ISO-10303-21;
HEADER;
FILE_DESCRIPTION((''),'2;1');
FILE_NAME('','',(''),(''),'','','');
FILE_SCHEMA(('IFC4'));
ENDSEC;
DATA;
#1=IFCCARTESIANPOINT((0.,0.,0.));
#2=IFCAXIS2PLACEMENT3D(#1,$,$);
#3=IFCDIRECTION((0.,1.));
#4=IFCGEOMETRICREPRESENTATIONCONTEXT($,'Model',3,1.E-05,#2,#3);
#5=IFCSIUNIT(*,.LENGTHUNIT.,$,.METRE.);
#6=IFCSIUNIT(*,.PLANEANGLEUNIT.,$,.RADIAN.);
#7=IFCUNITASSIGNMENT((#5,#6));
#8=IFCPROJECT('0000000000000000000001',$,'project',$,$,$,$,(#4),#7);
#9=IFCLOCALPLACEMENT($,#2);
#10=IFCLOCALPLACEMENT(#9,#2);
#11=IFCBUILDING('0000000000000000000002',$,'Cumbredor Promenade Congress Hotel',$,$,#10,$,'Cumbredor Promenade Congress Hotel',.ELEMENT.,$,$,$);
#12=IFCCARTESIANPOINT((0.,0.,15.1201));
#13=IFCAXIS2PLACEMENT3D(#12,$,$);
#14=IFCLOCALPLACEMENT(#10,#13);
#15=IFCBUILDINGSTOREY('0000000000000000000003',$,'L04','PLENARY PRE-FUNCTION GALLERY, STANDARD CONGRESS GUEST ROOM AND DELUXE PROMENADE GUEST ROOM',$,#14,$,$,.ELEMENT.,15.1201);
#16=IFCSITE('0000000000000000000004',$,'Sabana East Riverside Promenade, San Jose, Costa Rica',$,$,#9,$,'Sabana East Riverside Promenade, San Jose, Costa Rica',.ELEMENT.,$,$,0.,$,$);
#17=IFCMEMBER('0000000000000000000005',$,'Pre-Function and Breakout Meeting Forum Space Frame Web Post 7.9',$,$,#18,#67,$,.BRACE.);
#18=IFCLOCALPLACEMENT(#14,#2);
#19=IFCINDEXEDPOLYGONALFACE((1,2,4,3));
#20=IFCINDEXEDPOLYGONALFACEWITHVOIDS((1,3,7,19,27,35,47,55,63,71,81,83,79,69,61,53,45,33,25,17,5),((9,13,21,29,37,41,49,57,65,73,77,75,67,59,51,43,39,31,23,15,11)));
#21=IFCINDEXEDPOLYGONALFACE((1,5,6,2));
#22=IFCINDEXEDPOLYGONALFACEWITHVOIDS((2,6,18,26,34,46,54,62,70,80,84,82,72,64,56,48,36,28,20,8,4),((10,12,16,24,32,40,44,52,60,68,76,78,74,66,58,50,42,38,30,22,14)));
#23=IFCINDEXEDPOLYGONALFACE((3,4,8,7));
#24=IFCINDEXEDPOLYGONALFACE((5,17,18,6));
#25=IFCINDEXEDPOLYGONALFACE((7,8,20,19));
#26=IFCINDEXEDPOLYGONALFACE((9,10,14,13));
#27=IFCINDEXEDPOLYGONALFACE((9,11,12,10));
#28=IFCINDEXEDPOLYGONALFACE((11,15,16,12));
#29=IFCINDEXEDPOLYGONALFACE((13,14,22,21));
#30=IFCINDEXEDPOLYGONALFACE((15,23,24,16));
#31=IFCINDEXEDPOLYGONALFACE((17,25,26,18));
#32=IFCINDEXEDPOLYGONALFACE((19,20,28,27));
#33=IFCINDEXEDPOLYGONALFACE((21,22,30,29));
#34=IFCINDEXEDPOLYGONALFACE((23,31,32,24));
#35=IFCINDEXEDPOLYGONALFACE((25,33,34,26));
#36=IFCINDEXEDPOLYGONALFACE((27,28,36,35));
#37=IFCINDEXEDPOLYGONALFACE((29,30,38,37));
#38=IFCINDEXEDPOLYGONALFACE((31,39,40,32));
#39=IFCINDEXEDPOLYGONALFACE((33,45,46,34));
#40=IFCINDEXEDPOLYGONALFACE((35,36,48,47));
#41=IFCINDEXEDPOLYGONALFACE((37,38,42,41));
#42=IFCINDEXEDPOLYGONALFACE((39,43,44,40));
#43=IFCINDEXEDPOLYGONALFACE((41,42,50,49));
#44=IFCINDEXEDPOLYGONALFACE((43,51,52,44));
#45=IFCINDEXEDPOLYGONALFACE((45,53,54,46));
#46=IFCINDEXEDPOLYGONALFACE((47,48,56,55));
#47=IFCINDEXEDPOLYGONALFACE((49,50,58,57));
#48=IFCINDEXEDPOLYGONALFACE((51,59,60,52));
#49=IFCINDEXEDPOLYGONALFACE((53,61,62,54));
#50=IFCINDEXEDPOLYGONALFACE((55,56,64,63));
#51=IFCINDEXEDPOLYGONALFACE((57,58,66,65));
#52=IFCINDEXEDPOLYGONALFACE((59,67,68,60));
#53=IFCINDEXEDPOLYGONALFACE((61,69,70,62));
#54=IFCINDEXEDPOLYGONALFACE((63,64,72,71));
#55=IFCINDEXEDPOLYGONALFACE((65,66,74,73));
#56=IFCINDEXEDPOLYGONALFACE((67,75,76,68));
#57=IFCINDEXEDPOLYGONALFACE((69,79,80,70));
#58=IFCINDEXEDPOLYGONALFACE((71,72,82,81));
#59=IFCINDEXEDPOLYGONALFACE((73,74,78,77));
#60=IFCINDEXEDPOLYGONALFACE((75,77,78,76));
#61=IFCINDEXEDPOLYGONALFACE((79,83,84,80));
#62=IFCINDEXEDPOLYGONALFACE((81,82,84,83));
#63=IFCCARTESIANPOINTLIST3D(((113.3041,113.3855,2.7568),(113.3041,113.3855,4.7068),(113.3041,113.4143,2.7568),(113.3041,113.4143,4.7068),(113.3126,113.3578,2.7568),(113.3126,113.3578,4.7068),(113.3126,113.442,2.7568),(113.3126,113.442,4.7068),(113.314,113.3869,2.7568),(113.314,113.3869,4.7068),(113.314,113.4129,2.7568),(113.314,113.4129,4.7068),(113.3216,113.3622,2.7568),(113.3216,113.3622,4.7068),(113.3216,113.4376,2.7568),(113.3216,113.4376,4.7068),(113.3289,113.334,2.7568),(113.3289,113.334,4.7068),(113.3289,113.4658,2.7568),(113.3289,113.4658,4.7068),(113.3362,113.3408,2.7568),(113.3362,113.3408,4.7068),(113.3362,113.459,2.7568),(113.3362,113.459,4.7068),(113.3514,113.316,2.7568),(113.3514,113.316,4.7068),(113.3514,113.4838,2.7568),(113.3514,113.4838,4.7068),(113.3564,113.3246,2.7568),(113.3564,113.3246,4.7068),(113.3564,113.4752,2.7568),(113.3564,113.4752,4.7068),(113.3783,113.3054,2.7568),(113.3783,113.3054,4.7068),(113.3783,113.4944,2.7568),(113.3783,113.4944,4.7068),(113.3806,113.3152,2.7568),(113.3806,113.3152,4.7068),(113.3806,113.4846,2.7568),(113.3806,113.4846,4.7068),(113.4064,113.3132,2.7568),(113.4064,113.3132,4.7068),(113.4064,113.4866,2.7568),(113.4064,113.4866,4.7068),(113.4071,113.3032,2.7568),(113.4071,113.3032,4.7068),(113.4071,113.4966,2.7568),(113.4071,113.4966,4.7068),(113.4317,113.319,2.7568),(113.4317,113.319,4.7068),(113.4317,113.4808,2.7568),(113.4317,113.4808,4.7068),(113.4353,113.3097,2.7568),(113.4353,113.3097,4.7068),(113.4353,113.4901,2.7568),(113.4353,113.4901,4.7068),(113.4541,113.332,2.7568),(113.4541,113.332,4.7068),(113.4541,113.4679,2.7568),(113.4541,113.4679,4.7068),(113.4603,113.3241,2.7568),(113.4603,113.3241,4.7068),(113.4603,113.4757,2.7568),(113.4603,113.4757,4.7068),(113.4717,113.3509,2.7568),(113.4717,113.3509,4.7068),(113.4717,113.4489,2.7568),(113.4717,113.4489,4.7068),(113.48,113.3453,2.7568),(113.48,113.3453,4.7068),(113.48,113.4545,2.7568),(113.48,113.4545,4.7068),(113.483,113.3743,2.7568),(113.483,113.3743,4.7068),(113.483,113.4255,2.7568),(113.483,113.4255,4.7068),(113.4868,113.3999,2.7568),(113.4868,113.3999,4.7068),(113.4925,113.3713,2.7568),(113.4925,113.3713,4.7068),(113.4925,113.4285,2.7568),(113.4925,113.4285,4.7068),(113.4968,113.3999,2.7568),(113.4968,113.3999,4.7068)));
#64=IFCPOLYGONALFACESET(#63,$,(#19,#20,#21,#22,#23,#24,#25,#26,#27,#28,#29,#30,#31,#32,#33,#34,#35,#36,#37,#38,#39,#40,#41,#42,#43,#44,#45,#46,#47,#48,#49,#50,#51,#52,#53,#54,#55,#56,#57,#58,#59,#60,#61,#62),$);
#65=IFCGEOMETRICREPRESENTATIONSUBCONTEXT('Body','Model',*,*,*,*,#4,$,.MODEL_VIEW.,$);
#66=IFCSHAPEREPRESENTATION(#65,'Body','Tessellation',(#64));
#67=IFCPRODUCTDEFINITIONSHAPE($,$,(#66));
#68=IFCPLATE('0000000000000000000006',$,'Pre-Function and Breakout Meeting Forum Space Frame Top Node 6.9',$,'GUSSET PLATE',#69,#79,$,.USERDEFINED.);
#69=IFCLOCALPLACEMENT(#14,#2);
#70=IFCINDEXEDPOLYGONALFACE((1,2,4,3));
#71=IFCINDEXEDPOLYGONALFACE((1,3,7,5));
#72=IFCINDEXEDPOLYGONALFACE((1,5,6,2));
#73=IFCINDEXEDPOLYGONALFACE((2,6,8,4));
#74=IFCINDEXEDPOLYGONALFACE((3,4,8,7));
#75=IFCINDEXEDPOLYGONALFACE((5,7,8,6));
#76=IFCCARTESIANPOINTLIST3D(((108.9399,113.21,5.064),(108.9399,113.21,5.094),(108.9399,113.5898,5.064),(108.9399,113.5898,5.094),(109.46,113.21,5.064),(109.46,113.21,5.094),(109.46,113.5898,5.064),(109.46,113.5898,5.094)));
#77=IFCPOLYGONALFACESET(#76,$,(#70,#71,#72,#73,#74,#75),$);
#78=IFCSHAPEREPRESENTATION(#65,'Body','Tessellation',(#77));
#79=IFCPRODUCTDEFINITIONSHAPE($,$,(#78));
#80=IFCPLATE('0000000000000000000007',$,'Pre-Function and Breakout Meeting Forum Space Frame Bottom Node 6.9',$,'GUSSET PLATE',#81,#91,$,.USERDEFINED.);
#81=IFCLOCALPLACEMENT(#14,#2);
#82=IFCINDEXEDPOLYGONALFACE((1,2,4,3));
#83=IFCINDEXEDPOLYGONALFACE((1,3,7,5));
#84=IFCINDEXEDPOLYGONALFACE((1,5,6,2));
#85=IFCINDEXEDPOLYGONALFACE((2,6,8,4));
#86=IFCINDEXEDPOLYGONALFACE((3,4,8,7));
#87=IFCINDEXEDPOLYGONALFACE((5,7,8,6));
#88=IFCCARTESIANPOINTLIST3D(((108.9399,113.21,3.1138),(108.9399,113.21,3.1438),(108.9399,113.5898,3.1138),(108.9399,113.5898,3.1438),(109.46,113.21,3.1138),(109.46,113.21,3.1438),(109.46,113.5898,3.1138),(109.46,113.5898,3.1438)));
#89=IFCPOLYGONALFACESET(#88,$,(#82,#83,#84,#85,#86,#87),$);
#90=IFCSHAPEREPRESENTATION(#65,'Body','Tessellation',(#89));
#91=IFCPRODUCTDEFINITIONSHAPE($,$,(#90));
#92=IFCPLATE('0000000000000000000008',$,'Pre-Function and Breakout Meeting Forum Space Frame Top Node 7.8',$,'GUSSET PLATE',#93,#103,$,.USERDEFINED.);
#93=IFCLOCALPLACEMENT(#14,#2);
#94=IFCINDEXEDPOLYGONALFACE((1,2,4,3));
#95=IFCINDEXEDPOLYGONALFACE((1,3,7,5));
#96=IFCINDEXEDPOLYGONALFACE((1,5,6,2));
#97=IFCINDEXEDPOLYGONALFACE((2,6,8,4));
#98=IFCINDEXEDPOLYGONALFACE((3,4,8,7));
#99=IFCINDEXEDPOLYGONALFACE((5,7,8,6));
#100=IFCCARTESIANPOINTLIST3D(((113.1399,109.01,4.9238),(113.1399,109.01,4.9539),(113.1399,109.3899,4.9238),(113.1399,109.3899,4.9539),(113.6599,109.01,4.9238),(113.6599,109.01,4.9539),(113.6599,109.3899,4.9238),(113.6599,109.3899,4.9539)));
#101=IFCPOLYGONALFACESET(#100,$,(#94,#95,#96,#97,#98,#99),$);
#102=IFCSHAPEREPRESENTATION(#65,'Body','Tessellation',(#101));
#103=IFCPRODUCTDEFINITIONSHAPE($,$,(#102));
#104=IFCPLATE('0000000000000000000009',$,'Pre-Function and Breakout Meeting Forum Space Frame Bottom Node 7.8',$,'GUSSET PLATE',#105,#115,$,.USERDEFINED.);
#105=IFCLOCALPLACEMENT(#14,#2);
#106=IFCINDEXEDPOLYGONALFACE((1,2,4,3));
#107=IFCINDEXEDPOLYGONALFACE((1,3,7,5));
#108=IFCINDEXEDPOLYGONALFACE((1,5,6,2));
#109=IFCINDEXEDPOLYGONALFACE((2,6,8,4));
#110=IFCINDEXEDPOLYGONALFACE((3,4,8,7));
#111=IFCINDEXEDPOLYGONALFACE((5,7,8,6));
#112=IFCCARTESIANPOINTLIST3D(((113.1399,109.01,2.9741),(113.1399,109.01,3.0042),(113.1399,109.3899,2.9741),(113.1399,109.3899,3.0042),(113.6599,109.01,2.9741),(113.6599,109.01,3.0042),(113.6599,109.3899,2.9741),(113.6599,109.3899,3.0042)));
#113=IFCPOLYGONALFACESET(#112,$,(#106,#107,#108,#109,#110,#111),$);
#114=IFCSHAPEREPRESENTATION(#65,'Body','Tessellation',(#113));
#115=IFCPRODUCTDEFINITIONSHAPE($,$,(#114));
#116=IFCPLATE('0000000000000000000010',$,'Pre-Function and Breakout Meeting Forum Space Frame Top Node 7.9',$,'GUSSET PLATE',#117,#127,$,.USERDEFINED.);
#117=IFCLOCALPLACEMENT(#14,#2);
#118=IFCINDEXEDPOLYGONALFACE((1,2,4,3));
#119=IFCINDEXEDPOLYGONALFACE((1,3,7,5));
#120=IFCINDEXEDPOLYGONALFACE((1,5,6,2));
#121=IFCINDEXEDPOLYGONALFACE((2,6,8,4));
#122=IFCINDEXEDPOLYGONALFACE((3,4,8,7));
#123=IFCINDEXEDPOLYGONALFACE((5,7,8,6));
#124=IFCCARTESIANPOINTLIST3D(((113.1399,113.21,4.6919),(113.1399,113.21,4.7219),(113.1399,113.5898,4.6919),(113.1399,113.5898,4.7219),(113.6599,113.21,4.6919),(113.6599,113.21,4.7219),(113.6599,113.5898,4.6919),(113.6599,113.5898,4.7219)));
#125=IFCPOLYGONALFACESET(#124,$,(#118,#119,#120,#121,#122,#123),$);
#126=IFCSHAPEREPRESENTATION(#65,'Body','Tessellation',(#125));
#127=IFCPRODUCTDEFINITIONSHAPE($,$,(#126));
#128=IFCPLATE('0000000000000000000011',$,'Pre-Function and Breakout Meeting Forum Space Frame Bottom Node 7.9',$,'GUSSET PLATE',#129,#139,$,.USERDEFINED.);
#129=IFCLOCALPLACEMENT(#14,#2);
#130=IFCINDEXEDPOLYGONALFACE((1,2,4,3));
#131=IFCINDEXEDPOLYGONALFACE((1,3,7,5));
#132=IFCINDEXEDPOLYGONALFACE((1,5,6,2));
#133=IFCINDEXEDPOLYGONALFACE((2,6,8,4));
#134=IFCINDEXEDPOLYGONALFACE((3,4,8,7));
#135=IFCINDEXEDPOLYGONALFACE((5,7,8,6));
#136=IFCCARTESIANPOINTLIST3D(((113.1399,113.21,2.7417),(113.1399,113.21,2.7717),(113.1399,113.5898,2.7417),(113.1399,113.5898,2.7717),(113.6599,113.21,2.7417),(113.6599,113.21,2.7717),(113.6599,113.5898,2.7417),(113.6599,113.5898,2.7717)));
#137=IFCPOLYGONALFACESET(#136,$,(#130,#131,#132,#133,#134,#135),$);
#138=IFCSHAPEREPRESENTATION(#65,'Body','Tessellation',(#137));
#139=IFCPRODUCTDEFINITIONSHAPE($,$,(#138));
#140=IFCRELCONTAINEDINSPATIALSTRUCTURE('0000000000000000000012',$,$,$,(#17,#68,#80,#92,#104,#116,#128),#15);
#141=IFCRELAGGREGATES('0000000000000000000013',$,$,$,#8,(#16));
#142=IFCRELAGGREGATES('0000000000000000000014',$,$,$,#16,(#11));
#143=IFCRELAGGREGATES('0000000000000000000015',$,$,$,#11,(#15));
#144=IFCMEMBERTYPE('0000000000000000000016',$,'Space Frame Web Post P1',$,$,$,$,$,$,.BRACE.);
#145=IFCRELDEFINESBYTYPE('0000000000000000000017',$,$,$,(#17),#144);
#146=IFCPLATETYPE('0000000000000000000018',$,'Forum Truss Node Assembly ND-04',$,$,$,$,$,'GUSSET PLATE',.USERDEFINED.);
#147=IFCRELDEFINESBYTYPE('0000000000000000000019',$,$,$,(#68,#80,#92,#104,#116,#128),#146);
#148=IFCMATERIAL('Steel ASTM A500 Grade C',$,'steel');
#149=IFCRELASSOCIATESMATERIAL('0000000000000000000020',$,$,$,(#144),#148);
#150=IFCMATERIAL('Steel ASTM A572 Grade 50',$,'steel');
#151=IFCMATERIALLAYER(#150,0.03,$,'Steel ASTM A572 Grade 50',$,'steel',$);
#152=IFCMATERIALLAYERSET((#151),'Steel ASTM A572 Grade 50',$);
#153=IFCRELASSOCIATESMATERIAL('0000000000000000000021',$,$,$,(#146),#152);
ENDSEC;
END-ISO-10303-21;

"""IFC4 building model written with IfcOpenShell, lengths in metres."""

from ifc_helpers import new_model, si_unit, direction, frame, origin, origin_2d, place, context, subcontext, project, spatial, rectangle, hollow_circle, extrude, material, layer, layer_set, material_profile, profile_set, type_object, element, save


model = new_model("IFC4")

# Units and contexts
model_context = context("Model", 3, precision=1e-05, world=origin(), true_north=direction((0.0, 1.0)))
body_context = subcontext(model_context, "Body", "Model", "MODEL_VIEW")
ifc_project = project(units=[si_unit("LENGTHUNIT", "METRE"), si_unit("PLANEANGLEUNIT", "RADIAN")], contexts=[model_context])

# Site, building, storey
site_placement = place(None, origin())
site = spatial("IfcSite", under=ifc_project, at=site_placement, Name="Sabana East Riverside Promenade, San Jose, Costa Rica", LongName="Sabana East Riverside Promenade, San Jose, Costa Rica", CompositionType="ELEMENT", RefElevation=0.0)
building_placement = place(site_placement, origin())
building = spatial("IfcBuilding", under=site, at=building_placement, Name="Cumbredor Promenade Congress Hotel", LongName="Cumbredor Promenade Congress Hotel", CompositionType="ELEMENT")
storey_placement = place(building_placement, frame((0.0, 0.0, 15.1201)))
storey = spatial("IfcBuildingStorey", under=building, at=storey_placement, Name="L04", Description="PLENARY PRE-FUNCTION GALLERY, STANDARD CONGRESS GUEST ROOM AND DELUXE PROMENADE GUEST ROOM", CompositionType="ELEMENT", Elevation=15.1201)

# Member
ifc_material_1 = material(Name="Steel ASTM A500 Grade C", Category="steel")
ifc_material_profile_1 = material_profile(ifc_material_1, hollow_circle(Radius=0.0969, WallThickness=0.01, at=origin_2d()), Name="CHS 193.7x10")
ifc_profile_set_1 = profile_set([ifc_material_profile_1], Name="Steel ASTM A500 Grade C")
member_type_1 = type_object("IfcMemberType", Name="Space Frame Web Post P1", PredefinedType="BRACE", material=ifc_profile_set_1)
for number, where, z_axis, x_axis, name in (
    (1, (113.3999, 113.3999, 2.7568), (0.0, 0.0, 1.0), (1.0, 0.0, 0.0), "Pre-Function and Breakout Meeting Forum Space Frame Web Post 7.9"),
):
    element("IfcMember", number, at=place(storey_placement, frame(where, z_axis=z_axis, x_axis=x_axis)), inside=storey, type_object=member_type_1, Name=name, PredefinedType="BRACE", context=body_context, shape_type="SweptSolid", body=[
        extrude(hollow_circle(Radius=0.0969, WallThickness=0.01, at=origin_2d()), origin(), (0.0, 0.0, 1.0), 1.95),
    ])

# Plates
ifc_material_2 = material(Name="Steel ASTM A572 Grade 50", Category="steel")
ifc_layer = layer(ifc_material_2, 0.03, Name="Steel ASTM A572 Grade 50", Category="steel")
ifc_layer_set = layer_set([ifc_layer], Name="Steel ASTM A572 Grade 50")
plate_type = type_object("IfcPlateType", Name="Forum Truss Node Assembly ND-04", ElementType="GUSSET PLATE", PredefinedType="USERDEFINED", material=ifc_layer_set)
for number, where, z_axis, x_axis, name in (
    (2, (109.2, 113.3999, 5.064), (0.0, 0.0, 1.0), (1.0, 0.0, 0.0), "Pre-Function and Breakout Meeting Forum Space Frame Top Node 6.9"),
    (3, (109.2, 113.3999, 3.1138), (0.0, 0.0, 1.0), (1.0, 0.0, 0.0), "Pre-Function and Breakout Meeting Forum Space Frame Bottom Node 6.9"),
    (4, (113.3999, 109.2, 4.9238), (0.0, 0.0, 1.0), (1.0, 0.0, 0.0), "Pre-Function and Breakout Meeting Forum Space Frame Top Node 7.8"),
    (5, (113.3999, 109.2, 2.9741), (0.0, 0.0, 1.0), (1.0, 0.0, 0.0), "Pre-Function and Breakout Meeting Forum Space Frame Bottom Node 7.8"),
    (6, (113.3999, 113.3999, 4.6919), (0.0, 0.0, 1.0), (1.0, 0.0, 0.0), "Pre-Function and Breakout Meeting Forum Space Frame Top Node 7.9"),
    (7, (113.3999, 113.3999, 2.7417), (0.0, 0.0, 1.0), (1.0, 0.0, 0.0), "Pre-Function and Breakout Meeting Forum Space Frame Bottom Node 7.9"),
):
    element("IfcPlate", number, at=place(storey_placement, frame(where, z_axis=z_axis, x_axis=x_axis)), inside=storey, type_object=plate_type, Name=name, ObjectType="GUSSET PLATE", PredefinedType="USERDEFINED", context=body_context, shape_type="SweptSolid", body=[
        extrude(rectangle(XDim=0.52, YDim=0.3799, at=origin_2d()), origin(), (0.0, 0.0, 1.0), 0.03),
    ])

save(model, "model.ifc")
